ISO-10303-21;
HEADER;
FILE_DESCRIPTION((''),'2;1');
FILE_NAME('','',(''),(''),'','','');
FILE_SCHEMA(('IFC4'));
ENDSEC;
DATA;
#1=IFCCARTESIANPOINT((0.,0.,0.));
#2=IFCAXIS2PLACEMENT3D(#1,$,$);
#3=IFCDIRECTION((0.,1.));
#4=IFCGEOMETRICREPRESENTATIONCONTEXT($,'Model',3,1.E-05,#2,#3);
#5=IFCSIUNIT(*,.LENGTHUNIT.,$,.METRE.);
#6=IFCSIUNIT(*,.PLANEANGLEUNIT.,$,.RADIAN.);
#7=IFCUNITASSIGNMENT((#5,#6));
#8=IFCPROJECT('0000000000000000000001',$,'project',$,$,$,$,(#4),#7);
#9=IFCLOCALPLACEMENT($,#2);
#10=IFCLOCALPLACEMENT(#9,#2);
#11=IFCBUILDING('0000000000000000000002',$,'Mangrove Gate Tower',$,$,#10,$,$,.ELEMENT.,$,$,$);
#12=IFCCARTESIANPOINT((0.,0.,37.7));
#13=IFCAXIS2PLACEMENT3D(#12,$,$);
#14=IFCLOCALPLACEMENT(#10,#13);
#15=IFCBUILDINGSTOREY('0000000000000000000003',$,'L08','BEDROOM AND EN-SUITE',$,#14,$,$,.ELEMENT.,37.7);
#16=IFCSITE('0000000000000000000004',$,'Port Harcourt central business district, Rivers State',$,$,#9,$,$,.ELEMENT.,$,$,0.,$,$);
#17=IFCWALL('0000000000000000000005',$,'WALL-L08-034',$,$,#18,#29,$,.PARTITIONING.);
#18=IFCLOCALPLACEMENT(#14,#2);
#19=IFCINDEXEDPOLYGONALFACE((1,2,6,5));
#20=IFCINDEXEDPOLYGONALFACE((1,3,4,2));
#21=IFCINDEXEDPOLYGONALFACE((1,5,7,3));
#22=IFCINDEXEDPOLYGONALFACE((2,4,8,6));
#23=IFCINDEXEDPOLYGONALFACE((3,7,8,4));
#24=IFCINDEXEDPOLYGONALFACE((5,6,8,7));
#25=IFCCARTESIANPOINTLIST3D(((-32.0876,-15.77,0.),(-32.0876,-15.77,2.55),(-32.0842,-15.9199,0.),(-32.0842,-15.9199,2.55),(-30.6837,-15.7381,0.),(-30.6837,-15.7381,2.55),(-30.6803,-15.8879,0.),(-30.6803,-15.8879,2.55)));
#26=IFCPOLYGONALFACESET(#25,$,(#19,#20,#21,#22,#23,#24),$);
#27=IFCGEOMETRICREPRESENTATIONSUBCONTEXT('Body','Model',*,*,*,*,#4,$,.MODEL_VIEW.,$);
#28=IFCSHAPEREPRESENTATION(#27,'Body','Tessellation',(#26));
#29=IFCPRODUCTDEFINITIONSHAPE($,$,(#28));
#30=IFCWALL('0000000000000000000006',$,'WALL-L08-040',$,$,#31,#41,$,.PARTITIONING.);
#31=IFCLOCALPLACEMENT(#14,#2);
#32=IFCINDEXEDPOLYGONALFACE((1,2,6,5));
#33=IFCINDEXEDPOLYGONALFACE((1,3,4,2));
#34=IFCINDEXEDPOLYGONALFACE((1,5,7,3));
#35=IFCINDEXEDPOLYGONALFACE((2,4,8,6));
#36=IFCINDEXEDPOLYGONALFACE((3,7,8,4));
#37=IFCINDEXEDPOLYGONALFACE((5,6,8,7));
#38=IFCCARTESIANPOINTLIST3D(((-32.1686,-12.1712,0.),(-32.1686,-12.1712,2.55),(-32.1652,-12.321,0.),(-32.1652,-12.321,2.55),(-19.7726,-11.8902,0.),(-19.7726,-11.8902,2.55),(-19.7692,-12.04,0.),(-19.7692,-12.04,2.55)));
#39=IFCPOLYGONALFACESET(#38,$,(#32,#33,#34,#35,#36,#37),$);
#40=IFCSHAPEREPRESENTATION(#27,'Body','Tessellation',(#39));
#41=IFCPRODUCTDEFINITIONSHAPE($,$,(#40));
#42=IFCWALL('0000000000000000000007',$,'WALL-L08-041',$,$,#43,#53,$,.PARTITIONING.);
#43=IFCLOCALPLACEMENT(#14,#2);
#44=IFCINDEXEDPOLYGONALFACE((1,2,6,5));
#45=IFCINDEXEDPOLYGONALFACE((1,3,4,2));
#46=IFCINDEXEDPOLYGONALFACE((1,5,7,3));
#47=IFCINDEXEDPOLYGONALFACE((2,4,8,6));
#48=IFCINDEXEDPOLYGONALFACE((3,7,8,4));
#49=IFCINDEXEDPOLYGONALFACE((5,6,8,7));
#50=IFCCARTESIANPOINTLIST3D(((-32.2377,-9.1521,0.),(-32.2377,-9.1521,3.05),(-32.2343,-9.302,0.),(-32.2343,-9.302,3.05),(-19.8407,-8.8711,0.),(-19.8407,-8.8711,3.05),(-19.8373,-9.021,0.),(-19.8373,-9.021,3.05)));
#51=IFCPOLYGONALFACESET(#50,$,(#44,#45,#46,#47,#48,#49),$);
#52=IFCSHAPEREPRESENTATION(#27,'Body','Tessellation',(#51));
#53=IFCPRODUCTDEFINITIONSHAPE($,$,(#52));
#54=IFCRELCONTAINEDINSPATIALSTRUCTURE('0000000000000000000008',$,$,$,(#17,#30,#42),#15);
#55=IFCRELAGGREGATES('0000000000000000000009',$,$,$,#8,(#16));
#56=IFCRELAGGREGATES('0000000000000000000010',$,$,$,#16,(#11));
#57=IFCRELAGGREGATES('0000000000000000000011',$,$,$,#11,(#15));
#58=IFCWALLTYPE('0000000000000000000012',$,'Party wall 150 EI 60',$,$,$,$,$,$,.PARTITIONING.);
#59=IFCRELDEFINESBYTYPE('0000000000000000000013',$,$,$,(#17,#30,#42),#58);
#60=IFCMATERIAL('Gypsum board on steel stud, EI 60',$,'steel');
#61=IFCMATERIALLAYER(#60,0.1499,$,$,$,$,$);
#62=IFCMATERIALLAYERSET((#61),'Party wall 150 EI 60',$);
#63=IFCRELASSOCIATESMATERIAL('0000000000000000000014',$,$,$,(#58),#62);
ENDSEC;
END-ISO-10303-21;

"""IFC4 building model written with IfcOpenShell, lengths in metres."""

from ifc_helpers import new_model, si_unit, direction, frame, frame_2d, origin, place, context, subcontext, project, spatial, rectangle, extrude, material, layer, layer_set, type_object, element, save


model = new_model("IFC4")

# Units and contexts
model_context = context("Model", 3, precision=1e-05, world=origin(), true_north=direction((0.0, 1.0)))
body_context = subcontext(model_context, "Body", "Model", "MODEL_VIEW")
ifc_project = project(units=[si_unit("LENGTHUNIT", "METRE"), si_unit("PLANEANGLEUNIT", "RADIAN")], contexts=[model_context])

# Site, building, storey
site_placement = place(None, origin())
site = spatial("IfcSite", under=ifc_project, at=site_placement, Name="Port Harcourt central business district, Rivers State", CompositionType="ELEMENT", RefElevation=0.0)
building_placement = place(site_placement, origin())
building = spatial("IfcBuilding", under=site, at=building_placement, Name="Mangrove Gate Tower", CompositionType="ELEMENT")
storey_placement = place(building_placement, frame((0.0, 0.0, 37.7)))
storey = spatial("IfcBuildingStorey", under=building, at=storey_placement, Name="L08", Description="BEDROOM AND EN-SUITE", CompositionType="ELEMENT", Elevation=37.7)

# Walls
ifc_material_1 = material(Name="Gypsum board on steel stud, EI 60", Category="steel")
ifc_layer_1 = layer(ifc_material_1, 0.1499)
ifc_layer_set_1 = layer_set([ifc_layer_1], Name="Party wall 150 EI 60")
wall_type_1 = type_object("IfcWallType", Name="Party wall 150 EI 60", PredefinedType="PARTITIONING", material=ifc_layer_set_1)
wall_1_placement = place(storey_placement, frame((-32.0859, -15.845, 0.0), z_axis=(0.0, 0.0, 1.0), x_axis=(0.999741, 0.022773, 0.0)))
element("IfcWall", 1, at=wall_1_placement, inside=storey, type_object=wall_type_1, Name="WALL-L08-034", PredefinedType="PARTITIONING", context=body_context, shape_type="SweptSolid", body=[
    extrude(rectangle(XDim=1.4043, YDim=0.1499, at=frame_2d((0.7021, 0.0))), origin(), (0.0, 0.0, 1.0), 2.55),
])
wall_2_placement = place(storey_placement, frame((-32.167, -12.2461, 0.0), z_axis=(0.0, 0.0, 1.0), x_axis=(0.999743, 0.022663, 0.0)))
element("IfcWall", 2, at=wall_2_placement, inside=storey, type_object=wall_type_1, Name="WALL-L08-040", PredefinedType="PARTITIONING", context=body_context, shape_type="SweptSolid", body=[
    extrude(rectangle(XDim=12.3992, YDim=0.1499, at=frame_2d((6.1997, 0.0))), origin(), (0.0, 0.0, 1.0), 2.55),
])
wall_3_placement = place(storey_placement, frame((-32.2361, -9.2271, 0.0), z_axis=(0.0, 0.0, 1.0), x_axis=(0.999743, 0.022661, 0.0)))
element("IfcWall", 3, at=wall_3_placement, inside=storey, type_object=wall_type_1, Name="WALL-L08-041", PredefinedType="PARTITIONING", context=body_context, shape_type="SweptSolid", body=[
    extrude(rectangle(XDim=12.4001, YDim=0.1499, at=frame_2d((6.2002, 0.0))), origin(), (0.0, 0.0, 1.0), 3.05),
])

save(model, "model.ifc")
